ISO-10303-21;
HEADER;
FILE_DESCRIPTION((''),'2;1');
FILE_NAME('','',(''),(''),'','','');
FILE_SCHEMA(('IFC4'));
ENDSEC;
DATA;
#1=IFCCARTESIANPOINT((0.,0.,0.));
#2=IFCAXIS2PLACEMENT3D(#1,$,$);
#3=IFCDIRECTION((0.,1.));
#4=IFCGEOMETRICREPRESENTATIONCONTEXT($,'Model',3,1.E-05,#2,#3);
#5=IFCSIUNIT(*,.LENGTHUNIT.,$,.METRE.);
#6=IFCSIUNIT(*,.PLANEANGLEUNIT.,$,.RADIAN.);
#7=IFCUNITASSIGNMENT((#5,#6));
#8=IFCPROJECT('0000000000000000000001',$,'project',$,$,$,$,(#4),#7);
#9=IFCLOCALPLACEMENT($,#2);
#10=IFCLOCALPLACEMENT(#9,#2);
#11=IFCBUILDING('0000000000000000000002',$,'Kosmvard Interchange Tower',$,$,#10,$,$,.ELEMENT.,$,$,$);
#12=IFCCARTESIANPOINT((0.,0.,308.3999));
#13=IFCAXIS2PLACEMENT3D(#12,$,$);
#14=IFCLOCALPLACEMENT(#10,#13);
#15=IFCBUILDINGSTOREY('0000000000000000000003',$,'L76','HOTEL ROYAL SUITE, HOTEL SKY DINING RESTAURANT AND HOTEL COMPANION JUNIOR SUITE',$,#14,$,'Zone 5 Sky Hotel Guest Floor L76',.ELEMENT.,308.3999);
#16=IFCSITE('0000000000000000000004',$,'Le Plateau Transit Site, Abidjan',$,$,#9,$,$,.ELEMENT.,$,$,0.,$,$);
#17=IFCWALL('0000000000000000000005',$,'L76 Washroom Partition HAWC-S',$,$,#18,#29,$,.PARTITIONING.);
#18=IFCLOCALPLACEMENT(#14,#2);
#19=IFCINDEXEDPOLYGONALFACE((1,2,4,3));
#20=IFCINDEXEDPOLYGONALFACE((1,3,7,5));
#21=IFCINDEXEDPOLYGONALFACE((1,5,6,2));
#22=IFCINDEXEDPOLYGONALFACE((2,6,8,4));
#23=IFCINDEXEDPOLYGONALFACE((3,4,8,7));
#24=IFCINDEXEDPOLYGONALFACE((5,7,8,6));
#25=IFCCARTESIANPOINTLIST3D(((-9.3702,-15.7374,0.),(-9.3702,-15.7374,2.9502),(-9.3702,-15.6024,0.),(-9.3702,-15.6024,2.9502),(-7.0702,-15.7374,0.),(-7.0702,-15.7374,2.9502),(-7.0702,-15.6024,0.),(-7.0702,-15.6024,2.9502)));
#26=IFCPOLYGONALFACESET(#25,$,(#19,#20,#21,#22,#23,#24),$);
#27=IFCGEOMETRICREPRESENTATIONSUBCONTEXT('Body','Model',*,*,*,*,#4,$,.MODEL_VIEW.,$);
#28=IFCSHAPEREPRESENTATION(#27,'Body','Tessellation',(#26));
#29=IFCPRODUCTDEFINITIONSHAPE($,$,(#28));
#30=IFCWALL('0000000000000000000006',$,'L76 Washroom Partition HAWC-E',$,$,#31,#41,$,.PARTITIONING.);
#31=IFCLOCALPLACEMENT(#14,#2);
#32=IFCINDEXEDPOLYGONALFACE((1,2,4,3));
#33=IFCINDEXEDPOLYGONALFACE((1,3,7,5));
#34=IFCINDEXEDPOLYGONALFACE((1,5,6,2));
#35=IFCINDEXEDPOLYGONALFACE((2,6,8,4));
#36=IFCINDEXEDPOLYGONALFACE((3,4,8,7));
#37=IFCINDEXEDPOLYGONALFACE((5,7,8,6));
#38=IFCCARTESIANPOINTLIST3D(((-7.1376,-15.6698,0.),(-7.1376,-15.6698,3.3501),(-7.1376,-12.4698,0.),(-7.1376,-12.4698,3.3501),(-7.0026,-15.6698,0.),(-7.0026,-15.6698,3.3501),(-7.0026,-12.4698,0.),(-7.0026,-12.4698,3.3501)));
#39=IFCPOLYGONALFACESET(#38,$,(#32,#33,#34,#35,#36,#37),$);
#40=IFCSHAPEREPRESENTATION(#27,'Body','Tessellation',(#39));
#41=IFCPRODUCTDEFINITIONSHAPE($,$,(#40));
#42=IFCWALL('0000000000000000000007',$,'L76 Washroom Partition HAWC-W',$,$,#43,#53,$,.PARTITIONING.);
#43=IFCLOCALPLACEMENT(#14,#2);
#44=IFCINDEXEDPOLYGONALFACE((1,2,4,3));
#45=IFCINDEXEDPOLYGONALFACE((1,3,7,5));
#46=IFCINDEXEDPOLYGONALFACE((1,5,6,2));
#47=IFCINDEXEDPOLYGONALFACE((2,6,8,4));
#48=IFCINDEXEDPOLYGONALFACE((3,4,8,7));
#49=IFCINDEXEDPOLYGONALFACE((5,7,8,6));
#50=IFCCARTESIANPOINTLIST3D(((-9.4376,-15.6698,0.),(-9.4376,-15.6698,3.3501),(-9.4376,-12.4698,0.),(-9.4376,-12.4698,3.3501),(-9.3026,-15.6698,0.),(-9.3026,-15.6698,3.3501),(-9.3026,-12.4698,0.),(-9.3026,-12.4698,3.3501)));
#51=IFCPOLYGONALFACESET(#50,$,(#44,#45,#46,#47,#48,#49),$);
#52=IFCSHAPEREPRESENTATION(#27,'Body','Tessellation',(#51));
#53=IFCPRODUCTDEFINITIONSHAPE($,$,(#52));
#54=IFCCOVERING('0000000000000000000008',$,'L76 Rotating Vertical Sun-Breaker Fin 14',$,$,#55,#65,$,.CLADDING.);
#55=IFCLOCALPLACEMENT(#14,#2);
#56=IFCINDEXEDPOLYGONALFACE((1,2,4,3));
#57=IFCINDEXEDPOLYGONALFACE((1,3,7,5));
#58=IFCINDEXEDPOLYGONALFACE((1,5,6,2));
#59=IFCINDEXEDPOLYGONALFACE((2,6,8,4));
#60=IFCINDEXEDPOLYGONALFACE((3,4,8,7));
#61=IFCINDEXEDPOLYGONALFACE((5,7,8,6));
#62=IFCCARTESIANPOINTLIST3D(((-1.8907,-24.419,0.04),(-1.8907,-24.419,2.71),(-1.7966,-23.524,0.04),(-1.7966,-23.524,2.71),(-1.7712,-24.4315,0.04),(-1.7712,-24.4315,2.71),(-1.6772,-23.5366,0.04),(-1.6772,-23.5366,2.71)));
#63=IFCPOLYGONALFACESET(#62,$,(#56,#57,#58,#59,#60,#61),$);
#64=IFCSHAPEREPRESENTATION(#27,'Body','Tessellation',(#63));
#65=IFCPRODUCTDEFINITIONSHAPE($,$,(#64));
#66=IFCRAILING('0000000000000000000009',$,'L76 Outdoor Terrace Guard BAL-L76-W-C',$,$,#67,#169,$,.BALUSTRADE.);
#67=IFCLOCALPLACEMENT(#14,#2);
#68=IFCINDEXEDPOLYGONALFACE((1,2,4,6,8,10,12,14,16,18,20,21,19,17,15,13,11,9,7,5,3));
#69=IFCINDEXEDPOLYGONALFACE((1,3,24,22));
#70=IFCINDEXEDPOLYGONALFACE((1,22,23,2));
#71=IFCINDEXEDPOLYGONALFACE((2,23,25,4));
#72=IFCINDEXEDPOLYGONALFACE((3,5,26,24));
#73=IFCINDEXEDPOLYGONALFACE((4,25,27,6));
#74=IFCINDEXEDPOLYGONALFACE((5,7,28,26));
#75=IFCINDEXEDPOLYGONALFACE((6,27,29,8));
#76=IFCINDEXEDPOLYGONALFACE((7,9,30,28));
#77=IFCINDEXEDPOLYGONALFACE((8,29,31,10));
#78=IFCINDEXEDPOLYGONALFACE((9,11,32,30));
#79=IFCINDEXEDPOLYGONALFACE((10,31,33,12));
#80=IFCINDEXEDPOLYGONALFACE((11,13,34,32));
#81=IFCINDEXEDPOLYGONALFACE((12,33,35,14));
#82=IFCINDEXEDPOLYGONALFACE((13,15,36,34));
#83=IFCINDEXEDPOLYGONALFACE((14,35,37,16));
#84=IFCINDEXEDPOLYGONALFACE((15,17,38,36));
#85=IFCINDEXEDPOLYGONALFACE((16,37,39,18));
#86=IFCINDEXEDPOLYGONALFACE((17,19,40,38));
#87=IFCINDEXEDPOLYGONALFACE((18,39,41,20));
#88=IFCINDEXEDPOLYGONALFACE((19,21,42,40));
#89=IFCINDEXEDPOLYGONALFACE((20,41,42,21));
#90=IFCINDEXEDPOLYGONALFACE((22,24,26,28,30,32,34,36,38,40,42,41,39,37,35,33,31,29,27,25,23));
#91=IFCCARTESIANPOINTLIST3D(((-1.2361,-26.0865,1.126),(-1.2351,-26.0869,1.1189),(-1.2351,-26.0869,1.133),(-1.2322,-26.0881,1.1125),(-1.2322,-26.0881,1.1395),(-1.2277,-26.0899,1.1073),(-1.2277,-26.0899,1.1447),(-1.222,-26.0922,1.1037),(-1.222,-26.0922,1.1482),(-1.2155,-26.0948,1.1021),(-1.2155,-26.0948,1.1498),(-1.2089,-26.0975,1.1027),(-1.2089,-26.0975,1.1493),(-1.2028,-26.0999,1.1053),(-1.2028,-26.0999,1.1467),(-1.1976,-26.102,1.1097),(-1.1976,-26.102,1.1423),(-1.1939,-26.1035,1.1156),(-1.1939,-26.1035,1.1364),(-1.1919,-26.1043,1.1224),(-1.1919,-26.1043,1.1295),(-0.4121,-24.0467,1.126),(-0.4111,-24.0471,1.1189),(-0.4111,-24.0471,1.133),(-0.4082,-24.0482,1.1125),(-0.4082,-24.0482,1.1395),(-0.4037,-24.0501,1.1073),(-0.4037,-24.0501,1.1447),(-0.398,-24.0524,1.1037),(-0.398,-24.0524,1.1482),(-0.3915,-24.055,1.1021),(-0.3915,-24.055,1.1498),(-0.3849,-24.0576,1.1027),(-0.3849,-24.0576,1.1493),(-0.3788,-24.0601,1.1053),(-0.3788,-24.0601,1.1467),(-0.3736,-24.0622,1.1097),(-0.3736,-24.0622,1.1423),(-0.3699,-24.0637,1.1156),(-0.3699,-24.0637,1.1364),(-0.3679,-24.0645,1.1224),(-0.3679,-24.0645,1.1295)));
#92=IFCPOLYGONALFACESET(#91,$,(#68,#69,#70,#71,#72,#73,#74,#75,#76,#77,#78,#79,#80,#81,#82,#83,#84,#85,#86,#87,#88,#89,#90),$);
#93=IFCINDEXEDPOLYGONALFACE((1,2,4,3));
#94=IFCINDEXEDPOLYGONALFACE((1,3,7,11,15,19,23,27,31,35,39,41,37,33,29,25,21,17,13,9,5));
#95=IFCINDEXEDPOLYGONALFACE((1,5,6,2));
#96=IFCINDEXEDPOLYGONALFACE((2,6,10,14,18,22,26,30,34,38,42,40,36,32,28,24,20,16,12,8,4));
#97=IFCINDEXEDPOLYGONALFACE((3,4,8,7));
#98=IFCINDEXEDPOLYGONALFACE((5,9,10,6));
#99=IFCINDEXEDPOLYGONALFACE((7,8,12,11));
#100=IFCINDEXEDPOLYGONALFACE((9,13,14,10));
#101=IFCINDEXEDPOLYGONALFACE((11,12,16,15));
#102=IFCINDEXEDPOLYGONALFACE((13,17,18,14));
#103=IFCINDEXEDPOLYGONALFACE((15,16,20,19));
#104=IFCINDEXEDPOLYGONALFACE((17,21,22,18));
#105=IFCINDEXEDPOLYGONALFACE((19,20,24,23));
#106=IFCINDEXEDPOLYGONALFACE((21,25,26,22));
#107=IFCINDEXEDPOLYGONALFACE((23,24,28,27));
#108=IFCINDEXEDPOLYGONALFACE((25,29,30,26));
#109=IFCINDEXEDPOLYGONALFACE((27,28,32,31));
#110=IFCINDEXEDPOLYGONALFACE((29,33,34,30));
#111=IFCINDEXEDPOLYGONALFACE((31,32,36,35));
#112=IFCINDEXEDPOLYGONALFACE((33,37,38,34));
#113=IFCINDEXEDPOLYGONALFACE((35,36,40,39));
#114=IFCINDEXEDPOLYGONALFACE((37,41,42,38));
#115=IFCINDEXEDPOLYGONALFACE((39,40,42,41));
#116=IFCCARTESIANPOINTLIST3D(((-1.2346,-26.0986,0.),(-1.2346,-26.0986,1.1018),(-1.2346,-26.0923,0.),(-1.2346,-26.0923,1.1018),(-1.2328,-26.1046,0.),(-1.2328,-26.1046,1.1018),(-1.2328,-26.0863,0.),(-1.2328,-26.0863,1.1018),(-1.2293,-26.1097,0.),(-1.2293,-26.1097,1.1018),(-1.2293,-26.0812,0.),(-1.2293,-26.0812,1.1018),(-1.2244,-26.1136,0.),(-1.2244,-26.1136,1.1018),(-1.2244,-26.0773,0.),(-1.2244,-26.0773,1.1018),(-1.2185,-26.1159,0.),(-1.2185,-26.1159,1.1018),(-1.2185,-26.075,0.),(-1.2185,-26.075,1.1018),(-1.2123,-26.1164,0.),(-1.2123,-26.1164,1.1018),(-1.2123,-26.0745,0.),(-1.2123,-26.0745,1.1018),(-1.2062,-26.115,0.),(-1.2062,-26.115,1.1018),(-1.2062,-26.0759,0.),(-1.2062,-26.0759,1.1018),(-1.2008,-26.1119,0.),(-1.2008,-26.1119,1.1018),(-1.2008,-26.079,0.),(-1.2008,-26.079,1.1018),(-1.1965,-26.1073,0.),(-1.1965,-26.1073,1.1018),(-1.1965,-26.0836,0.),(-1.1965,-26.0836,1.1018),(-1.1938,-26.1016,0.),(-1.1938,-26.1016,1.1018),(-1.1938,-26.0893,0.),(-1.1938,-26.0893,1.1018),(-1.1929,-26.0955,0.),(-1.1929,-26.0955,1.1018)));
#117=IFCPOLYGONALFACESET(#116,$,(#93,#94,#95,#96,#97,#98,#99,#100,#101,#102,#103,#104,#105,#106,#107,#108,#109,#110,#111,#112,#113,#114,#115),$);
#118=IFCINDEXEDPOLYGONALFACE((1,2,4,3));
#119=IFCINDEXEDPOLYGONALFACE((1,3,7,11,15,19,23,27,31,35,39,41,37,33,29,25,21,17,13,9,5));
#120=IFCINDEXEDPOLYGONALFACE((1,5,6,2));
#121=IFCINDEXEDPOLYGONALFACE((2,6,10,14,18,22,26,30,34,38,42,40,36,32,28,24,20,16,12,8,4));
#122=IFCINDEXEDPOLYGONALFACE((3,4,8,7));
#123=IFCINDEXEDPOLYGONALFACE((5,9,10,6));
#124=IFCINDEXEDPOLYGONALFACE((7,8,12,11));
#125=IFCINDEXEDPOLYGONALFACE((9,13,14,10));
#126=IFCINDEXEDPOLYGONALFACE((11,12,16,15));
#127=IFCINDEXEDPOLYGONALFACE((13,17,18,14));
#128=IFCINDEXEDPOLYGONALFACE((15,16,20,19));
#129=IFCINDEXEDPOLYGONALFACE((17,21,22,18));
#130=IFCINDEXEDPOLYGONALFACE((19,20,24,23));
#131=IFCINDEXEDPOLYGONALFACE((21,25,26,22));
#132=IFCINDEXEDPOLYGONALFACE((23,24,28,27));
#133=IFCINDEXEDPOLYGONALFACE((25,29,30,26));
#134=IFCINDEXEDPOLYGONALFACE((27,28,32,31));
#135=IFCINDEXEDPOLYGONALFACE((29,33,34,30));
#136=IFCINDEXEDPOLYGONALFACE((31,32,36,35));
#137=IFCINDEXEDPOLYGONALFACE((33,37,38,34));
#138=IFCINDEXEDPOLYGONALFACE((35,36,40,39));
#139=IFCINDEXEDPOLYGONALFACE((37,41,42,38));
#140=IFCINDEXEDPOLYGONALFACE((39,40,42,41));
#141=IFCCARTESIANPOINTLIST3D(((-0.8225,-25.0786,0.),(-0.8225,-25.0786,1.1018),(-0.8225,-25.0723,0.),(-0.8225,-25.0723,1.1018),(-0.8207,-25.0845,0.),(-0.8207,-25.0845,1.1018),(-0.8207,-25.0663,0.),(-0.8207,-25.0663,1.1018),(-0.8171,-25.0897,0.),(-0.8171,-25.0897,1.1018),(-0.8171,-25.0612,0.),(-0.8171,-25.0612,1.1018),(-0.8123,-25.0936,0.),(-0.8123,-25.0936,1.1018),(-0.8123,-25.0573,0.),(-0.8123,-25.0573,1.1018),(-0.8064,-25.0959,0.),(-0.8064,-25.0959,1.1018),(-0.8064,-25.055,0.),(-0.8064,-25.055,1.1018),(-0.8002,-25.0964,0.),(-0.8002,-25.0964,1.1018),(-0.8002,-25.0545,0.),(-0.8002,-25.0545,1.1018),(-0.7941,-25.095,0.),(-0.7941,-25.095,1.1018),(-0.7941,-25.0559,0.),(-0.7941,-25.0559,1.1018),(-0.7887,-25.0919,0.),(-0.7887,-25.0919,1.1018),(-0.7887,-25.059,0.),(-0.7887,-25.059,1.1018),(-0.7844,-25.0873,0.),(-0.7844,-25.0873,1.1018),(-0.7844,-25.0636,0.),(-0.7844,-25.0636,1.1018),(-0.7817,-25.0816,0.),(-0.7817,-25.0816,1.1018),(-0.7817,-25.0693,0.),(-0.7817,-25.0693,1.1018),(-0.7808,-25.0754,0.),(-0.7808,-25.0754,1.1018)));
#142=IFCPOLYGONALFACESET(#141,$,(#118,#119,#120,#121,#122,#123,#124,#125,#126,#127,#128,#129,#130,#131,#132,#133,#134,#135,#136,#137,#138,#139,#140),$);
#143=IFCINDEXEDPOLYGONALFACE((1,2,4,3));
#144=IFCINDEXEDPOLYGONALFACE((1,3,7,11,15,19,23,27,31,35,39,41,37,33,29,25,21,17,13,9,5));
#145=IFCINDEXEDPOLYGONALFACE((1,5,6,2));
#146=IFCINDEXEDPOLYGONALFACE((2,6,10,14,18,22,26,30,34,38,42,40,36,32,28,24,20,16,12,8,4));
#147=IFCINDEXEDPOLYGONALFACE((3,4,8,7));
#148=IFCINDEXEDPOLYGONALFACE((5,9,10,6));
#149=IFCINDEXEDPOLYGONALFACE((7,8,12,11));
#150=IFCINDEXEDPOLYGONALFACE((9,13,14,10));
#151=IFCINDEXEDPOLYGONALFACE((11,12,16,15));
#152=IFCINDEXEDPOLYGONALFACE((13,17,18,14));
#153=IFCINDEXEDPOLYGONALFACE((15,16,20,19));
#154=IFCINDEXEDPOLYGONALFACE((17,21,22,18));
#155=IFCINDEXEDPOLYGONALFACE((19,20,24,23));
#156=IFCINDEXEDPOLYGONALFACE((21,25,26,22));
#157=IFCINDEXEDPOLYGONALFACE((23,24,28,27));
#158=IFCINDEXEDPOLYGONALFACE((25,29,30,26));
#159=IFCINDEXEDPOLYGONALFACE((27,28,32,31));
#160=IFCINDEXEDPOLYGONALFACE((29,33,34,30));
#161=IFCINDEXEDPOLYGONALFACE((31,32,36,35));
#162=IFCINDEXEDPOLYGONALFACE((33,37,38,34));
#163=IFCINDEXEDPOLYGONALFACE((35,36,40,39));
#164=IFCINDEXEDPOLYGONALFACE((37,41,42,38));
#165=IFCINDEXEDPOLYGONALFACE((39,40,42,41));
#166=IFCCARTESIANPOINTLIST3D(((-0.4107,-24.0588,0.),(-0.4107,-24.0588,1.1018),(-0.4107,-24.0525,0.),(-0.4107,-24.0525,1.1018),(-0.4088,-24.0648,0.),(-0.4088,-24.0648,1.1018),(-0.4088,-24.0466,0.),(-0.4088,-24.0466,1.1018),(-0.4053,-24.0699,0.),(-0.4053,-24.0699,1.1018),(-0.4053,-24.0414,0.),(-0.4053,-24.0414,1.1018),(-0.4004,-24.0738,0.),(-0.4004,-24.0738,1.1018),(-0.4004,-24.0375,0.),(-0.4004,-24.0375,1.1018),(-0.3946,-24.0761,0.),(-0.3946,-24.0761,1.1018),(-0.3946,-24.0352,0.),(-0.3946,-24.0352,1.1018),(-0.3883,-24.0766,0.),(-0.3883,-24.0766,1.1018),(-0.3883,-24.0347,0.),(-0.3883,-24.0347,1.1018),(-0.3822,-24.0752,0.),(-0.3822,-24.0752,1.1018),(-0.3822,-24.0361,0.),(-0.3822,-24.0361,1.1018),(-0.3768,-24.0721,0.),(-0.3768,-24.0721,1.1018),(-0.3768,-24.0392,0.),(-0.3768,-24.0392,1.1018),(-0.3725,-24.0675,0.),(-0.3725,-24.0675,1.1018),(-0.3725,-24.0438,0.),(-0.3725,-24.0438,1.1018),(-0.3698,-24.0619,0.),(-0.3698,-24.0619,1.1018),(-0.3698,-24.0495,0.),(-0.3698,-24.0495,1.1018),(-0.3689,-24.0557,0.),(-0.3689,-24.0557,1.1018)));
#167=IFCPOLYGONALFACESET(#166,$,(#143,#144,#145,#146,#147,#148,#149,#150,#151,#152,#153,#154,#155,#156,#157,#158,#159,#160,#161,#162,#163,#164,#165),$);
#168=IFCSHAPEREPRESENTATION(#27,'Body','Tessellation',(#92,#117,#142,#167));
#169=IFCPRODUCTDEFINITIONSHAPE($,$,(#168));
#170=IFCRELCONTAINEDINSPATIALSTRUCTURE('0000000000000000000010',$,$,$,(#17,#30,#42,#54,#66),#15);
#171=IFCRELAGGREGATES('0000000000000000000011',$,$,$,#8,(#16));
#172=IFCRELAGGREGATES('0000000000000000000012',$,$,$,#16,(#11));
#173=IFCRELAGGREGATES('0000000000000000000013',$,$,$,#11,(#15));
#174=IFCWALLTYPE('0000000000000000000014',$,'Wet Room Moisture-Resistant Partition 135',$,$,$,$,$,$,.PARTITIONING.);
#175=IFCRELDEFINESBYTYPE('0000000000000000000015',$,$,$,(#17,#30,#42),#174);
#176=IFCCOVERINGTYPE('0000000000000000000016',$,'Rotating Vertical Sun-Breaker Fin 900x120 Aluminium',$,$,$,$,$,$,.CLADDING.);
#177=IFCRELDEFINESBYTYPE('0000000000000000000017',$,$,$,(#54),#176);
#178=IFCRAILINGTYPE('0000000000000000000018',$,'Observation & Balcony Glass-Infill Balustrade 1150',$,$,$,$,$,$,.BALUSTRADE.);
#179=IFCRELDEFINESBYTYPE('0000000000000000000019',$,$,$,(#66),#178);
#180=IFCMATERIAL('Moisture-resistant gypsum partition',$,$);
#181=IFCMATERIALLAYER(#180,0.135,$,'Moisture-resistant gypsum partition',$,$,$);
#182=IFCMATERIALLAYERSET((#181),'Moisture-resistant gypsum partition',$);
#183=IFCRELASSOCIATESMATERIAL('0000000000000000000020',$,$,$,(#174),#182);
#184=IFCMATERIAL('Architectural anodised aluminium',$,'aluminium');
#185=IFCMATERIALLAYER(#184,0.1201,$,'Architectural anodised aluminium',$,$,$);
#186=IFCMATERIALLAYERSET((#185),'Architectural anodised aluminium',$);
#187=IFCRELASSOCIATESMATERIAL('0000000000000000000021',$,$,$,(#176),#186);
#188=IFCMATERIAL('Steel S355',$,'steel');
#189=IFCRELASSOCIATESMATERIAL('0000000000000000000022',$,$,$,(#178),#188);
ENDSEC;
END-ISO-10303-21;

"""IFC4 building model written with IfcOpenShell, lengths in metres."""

from ifc_helpers import new_model, si_unit, direction, frame, frame_2d, origin, origin_2d, place, context, subcontext, project, spatial, rectangle, circle, extrude, source, transform, mapped, material, layer, layer_set, type_object, element, save


model = new_model("IFC4")

# Units and contexts
model_context = context("Model", 3, precision=1e-05, world=origin(), true_north=direction((0.0, 1.0)))
body_context = subcontext(model_context, "Body", "Model", "MODEL_VIEW")
ifc_project = project(units=[si_unit("LENGTHUNIT", "METRE"), si_unit("PLANEANGLEUNIT", "RADIAN")], contexts=[model_context])

# Site, building, storey
site_placement = place(None, origin())
site = spatial("IfcSite", under=ifc_project, at=site_placement, Name="Le Plateau Transit Site, Abidjan", CompositionType="ELEMENT", RefElevation=0.0)
building_placement = place(site_placement, origin())
building = spatial("IfcBuilding", under=site, at=building_placement, Name="Kosmvard Interchange Tower", CompositionType="ELEMENT")
storey_placement = place(building_placement, frame((0.0, 0.0, 308.3999)))
storey = spatial("IfcBuildingStorey", under=building, at=storey_placement, Name="L76", Description="HOTEL ROYAL SUITE, HOTEL SKY DINING RESTAURANT AND HOTEL COMPANION JUNIOR SUITE", LongName="Zone 5 Sky Hotel Guest Floor L76", CompositionType="ELEMENT", Elevation=308.3999)

# Shared definitions
ifc_material_1 = material(Name="Steel S355", Category="steel")

# Walls
ifc_material_2 = material(Name="Moisture-resistant gypsum partition")
ifc_layer_1 = layer(ifc_material_2, 0.135, Name="Moisture-resistant gypsum partition")
ifc_layer_set_1 = layer_set([ifc_layer_1], Name="Moisture-resistant gypsum partition")
wall_type_1 = type_object("IfcWallType", Name="Wet Room Moisture-Resistant Partition 135", PredefinedType="PARTITIONING", material=ifc_layer_set_1)
wall_1_placement = place(storey_placement, frame((-9.3701, -15.6699, 0.0), z_axis=(0.0, 0.0, 1.0), x_axis=(1.0, 0.0, 0.0)))
element("IfcWall", 1, at=wall_1_placement, inside=storey, type_object=wall_type_1, Name="L76 Washroom Partition HAWC-S", PredefinedType="PARTITIONING", context=body_context, shape_type="SweptSolid", body=[
    extrude(rectangle(XDim=2.3, YDim=0.135, at=frame_2d((1.1499, 0.0))), origin(), (0.0, 0.0, 1.0), 2.9502),
])
for number, where, z_axis, x_axis, name in (
    (2, (-7.0701, -15.6699, 0.0), (0.0, 0.0, 1.0), (0.0, 1.0, 0.0), "L76 Washroom Partition HAWC-E"),
    (3, (-9.3701, -15.6699, 0.0), (0.0, 0.0, 1.0), (0.0, 1.0, 0.0), "L76 Washroom Partition HAWC-W"),
):
    element("IfcWall", number, at=place(storey_placement, frame(where, z_axis=z_axis, x_axis=x_axis)), inside=storey, type_object=wall_type_1, Name=name, PredefinedType="PARTITIONING", context=body_context, shape_type="SweptSolid", body=[
        extrude(rectangle(XDim=3.2, YDim=0.135, at=frame_2d((1.6001, 0.0))), origin(), (0.0, 0.0, 1.0), 3.3501),
    ])

# Covering
ifc_material_3 = material(Name="Architectural anodised aluminium", Category="aluminium")
ifc_layer_2 = layer(ifc_material_3, 0.1201, Name="Architectural anodised aluminium")
ifc_layer_set_2 = layer_set([ifc_layer_2], Name="Architectural anodised aluminium")
covering_type = type_object("IfcCoveringType", Name="Rotating Vertical Sun-Breaker Fin 900x120 Aluminium", PredefinedType="CLADDING", material=ifc_layer_set_2)
shared_shape_1 = source(origin(), body_context, "Body", "SweptSolid", [
    extrude(rectangle(XDim=0.8999, YDim=0.1201, at=origin_2d()), origin(), (0.0, 0.0, 1.0), 2.6699),
])
covering_placement = place(storey_placement, frame((-1.7839, -23.9778, 0.04), z_axis=(0.0, 0.0, 1.0), x_axis=(-0.104528, -0.994522, 0.0)))
element("IfcCovering", 4, at=covering_placement, inside=storey, type_object=covering_type, Name="L76 Rotating Vertical Sun-Breaker Fin 14", PredefinedType="CLADDING", context=body_context, shape_type="MappedRepresentation", body=[
    mapped(shared_shape_1, transform((0.0, 0.0, 0.0), scale=1.0)),
])

# Railing
railing_type = type_object("IfcRailingType", Name="Observation & Balcony Glass-Infill Balustrade 1150", PredefinedType="BALUSTRADE", material=ifc_material_1)
shared_shape_2 = source(origin(), body_context, "Body", "SweptSolid", [
    extrude(circle(Radius=0.0239, at=origin_2d()), frame((0.0, 0.0, 1.126), z_axis=(0.374546, 0.927208, 0.0), x_axis=(-0.927208, 0.374546, 0.0)), (0.0, 0.0, 1.0), 2.2),
    extrude(circle(Radius=0.021, at=origin_2d()), origin(), (0.0, 0.0, 1.0), 1.1018),
    extrude(circle(Radius=0.021, at=origin_2d()), frame((0.4121, 1.02, 0.0)), (0.0, 0.0, 1.0), 1.1018),
    extrude(circle(Radius=0.021, at=origin_2d()), frame((0.824, 2.0398, 0.0)), (0.0, 0.0, 1.0), 1.1018),
])
railing_1_placement = place(storey_placement, frame((-1.2139, -26.0955, 0.0)))
element("IfcRailing", 5, at=railing_1_placement, inside=storey, type_object=railing_type, Name="L76 Outdoor Terrace Guard BAL-L76-W-C", PredefinedType="BALUSTRADE", context=body_context, shape_type="MappedRepresentation", body=[
    mapped(shared_shape_2, transform((0.0, 0.0, 0.0), scale=1.0)),
])

save(model, "model.ifc")
